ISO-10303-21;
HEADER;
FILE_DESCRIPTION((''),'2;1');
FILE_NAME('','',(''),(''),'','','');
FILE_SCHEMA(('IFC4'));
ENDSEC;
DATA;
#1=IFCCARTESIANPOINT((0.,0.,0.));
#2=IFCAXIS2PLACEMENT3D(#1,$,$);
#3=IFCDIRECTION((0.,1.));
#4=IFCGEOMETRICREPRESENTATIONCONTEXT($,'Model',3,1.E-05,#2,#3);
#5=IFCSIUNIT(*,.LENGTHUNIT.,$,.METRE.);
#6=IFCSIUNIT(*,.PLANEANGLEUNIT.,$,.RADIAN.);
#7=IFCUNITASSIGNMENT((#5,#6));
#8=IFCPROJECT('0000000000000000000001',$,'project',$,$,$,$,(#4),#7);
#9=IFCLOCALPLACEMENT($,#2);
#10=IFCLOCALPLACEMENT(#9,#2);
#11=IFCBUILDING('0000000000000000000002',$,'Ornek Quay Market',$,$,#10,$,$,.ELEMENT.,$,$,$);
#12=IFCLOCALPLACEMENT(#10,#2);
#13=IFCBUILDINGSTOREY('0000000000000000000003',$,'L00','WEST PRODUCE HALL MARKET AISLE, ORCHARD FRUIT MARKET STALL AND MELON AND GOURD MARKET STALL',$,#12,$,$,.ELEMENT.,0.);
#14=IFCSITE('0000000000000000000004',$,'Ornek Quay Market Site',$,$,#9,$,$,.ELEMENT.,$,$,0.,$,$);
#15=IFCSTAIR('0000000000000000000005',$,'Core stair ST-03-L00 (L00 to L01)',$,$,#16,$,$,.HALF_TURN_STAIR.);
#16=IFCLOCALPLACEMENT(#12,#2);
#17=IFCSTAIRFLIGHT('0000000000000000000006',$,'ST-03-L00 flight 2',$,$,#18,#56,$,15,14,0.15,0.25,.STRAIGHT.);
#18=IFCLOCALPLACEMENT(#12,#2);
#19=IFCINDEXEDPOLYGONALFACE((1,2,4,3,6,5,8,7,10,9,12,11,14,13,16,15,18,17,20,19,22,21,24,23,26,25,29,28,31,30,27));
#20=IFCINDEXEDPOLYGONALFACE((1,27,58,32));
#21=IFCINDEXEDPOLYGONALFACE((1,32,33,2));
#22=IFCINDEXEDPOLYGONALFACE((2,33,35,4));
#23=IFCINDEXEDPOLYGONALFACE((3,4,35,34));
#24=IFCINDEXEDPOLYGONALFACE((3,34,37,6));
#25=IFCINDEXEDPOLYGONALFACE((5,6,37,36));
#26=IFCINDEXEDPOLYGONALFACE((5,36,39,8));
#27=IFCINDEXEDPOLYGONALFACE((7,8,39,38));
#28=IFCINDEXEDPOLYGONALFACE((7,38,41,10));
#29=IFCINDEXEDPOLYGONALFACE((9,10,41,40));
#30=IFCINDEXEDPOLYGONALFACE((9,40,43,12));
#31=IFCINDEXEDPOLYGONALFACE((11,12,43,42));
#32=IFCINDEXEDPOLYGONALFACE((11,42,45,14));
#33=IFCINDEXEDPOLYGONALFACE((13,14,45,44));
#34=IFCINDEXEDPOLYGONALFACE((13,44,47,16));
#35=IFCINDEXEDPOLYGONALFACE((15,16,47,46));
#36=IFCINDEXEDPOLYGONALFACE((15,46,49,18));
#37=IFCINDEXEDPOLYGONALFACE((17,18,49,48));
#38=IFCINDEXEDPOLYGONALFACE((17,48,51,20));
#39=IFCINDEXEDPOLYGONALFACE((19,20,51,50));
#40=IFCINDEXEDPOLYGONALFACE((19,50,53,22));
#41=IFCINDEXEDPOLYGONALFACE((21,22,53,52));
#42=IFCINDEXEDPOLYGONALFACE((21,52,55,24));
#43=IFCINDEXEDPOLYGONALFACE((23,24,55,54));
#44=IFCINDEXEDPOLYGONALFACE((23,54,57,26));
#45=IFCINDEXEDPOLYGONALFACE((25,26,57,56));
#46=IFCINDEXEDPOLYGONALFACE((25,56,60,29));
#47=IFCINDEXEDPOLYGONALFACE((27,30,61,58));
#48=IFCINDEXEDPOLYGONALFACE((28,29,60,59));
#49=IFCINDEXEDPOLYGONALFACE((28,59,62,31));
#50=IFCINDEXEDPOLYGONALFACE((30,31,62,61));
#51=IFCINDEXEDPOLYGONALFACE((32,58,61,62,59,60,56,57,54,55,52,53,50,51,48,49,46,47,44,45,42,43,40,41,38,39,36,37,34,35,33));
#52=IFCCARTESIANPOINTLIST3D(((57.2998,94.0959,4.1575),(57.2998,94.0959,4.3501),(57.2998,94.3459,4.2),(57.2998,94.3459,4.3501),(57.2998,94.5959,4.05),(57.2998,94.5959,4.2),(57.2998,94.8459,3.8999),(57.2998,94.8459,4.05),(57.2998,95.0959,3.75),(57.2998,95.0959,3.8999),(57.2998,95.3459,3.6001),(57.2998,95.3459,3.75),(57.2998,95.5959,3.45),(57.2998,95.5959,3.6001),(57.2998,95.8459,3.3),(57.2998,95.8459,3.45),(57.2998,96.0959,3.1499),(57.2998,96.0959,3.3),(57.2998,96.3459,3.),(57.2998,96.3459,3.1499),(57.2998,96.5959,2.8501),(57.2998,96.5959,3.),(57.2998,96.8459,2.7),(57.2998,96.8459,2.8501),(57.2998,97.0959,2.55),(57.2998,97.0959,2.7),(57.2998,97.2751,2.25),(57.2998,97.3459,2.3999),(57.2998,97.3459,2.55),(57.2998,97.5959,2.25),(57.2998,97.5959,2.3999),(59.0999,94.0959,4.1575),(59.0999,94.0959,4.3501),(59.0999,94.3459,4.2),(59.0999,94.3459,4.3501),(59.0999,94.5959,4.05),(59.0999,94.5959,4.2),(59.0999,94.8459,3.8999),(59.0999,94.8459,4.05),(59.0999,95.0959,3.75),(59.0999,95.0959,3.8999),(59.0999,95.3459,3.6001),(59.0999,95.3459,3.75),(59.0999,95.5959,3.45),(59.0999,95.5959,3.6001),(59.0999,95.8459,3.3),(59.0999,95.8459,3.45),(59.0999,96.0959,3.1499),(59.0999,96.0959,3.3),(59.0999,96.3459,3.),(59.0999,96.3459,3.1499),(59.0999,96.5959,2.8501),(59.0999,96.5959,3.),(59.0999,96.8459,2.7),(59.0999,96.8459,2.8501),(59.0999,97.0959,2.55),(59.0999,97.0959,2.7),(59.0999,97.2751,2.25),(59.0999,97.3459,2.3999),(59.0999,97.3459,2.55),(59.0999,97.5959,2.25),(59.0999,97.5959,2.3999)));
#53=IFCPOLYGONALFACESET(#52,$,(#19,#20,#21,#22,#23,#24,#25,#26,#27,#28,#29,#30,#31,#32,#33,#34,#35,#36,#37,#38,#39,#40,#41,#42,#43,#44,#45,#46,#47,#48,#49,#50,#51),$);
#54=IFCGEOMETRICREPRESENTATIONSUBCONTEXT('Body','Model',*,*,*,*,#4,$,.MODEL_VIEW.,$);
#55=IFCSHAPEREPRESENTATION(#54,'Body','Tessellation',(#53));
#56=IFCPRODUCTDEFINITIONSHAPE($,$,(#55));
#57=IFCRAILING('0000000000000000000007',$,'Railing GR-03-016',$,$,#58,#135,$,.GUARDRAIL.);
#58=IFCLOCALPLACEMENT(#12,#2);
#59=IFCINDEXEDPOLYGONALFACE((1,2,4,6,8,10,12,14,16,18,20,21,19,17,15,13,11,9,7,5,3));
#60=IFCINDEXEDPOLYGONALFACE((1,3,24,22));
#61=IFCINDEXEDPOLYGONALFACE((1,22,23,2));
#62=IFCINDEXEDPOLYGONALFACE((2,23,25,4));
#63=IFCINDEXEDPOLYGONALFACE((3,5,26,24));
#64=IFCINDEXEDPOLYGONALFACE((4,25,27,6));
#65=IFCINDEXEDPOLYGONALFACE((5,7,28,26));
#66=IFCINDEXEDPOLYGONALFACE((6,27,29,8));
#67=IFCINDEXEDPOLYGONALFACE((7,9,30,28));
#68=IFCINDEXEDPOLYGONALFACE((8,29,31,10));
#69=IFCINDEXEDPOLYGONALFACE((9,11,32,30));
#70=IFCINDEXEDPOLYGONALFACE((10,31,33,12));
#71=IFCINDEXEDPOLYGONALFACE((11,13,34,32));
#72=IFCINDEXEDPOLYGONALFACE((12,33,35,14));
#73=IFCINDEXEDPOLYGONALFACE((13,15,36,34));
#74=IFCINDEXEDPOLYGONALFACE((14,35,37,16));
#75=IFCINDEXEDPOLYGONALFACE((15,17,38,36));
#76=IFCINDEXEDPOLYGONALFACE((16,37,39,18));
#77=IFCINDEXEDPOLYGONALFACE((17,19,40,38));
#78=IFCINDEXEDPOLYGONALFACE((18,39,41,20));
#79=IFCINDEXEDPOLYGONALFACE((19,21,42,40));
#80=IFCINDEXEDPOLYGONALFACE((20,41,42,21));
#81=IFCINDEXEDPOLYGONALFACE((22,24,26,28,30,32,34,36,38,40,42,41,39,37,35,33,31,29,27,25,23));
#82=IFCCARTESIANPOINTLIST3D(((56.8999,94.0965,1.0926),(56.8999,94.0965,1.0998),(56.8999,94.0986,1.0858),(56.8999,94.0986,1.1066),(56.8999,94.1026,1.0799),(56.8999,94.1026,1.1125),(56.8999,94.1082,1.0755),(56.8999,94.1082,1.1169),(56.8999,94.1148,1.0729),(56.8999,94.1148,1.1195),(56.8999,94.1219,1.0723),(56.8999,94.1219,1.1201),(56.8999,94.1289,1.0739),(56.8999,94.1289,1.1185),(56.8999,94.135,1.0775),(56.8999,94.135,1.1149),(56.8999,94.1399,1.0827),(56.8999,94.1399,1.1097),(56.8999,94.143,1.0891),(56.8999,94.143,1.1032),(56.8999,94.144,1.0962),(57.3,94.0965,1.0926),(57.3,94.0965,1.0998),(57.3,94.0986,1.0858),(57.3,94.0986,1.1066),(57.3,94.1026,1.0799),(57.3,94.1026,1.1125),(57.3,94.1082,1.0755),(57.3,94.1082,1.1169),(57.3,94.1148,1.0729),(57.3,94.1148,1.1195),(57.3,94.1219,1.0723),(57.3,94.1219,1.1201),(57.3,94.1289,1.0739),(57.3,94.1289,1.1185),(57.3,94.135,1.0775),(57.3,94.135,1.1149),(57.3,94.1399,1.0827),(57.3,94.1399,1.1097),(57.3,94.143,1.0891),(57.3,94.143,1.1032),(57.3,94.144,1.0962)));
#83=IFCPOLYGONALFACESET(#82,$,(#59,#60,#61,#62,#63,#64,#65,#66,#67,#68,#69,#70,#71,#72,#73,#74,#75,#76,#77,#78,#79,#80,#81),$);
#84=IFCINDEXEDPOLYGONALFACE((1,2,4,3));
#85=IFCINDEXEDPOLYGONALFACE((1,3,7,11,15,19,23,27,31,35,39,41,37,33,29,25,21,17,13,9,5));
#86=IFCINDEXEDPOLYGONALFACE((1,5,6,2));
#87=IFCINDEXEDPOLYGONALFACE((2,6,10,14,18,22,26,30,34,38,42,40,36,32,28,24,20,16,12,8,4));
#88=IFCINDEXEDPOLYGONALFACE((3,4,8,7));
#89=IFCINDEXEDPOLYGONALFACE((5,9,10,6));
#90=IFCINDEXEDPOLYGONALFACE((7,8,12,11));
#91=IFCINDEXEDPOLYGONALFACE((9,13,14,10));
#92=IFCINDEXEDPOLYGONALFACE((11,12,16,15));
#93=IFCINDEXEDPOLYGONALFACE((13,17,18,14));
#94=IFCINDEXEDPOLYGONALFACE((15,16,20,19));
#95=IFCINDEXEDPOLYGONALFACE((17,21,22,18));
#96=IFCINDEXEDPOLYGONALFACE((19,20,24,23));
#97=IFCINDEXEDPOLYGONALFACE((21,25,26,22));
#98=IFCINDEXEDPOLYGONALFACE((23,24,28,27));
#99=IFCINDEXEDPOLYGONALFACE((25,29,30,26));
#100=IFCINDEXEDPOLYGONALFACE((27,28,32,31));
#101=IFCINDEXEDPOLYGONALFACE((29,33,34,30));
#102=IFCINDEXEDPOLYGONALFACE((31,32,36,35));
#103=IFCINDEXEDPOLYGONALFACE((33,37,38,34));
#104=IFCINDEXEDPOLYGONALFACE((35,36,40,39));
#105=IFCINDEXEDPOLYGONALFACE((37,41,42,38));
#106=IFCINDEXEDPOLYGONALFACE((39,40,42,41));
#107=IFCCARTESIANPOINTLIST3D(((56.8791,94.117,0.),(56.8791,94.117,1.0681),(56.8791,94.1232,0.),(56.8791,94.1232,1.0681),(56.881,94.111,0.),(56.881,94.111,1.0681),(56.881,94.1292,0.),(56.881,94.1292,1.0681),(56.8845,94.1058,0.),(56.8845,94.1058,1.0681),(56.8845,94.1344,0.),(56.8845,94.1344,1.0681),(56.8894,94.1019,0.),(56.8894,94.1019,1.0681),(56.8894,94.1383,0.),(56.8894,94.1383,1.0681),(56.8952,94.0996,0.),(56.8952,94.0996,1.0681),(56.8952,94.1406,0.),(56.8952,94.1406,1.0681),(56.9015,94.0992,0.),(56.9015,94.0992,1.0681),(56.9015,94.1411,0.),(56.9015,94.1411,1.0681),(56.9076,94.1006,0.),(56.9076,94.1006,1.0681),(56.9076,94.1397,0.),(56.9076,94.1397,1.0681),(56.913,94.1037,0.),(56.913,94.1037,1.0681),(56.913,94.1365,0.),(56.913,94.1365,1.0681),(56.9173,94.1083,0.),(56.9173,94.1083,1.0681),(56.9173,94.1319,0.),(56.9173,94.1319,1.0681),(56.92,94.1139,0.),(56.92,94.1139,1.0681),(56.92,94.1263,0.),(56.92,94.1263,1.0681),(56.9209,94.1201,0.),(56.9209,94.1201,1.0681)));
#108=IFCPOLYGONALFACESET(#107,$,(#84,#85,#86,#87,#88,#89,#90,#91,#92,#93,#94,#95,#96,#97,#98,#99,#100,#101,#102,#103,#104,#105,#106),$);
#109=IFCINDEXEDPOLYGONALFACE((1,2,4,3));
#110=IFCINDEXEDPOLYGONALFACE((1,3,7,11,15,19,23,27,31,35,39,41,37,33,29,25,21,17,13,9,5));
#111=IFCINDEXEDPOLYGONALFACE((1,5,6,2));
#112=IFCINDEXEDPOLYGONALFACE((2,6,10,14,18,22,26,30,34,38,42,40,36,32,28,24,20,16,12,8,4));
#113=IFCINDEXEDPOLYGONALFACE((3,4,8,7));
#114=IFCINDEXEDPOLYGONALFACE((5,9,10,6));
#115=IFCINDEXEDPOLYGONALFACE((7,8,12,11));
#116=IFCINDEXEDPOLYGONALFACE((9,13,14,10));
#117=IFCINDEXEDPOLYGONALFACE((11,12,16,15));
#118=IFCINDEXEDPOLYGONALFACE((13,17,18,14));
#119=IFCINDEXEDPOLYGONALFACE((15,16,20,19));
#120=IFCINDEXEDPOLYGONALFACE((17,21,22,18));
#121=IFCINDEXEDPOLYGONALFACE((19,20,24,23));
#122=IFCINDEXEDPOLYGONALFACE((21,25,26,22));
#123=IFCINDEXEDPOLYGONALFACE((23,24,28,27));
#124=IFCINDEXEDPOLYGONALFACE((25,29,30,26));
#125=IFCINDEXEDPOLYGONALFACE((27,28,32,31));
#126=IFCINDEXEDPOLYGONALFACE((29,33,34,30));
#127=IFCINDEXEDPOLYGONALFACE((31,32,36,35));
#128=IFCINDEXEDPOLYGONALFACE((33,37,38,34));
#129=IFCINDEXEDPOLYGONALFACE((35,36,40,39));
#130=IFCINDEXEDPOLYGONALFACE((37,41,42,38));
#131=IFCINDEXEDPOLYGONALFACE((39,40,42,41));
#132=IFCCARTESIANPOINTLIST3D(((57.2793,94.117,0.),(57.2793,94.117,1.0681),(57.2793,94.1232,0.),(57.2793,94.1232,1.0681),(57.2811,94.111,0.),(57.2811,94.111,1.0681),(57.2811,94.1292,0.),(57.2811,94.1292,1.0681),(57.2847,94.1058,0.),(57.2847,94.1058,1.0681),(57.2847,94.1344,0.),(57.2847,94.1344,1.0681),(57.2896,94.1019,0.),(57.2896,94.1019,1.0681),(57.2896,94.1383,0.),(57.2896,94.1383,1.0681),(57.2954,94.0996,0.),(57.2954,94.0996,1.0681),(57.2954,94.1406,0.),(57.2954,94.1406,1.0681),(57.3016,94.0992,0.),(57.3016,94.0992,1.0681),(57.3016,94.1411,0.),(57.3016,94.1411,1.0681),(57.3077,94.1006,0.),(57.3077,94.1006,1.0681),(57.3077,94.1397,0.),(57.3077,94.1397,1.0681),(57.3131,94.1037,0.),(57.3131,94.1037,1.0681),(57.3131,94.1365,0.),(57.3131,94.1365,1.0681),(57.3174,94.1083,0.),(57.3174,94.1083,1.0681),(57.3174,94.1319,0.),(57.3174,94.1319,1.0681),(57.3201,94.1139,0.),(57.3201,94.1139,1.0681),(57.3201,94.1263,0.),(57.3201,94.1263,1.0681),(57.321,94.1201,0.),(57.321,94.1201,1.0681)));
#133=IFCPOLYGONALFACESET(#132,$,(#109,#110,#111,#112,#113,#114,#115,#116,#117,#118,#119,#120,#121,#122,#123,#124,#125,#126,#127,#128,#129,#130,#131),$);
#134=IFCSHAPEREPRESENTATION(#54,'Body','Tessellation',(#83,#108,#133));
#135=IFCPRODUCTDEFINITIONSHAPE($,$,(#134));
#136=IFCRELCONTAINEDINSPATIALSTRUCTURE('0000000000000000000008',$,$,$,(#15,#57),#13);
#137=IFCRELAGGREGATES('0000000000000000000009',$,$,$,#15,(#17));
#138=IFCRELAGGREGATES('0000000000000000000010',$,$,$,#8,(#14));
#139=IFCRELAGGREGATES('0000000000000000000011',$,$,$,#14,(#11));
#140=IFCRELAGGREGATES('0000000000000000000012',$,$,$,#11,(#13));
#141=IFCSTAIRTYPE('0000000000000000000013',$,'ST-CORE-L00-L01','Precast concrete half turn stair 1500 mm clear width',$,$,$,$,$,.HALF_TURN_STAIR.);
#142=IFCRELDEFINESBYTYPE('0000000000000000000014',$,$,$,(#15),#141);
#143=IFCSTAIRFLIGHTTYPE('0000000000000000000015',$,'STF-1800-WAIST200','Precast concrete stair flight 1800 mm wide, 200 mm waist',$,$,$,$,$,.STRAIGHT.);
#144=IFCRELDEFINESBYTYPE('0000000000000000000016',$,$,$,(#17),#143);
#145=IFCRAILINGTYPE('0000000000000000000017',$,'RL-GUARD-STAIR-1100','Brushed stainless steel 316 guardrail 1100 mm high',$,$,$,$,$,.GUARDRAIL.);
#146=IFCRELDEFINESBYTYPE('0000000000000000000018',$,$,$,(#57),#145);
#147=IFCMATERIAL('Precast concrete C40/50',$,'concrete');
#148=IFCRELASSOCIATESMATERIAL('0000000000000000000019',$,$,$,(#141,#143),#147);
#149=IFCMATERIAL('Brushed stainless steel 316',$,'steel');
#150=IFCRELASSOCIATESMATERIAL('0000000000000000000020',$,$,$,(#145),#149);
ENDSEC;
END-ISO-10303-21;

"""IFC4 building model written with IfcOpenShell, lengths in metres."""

from ifc_helpers import new_model, si_unit, direction, frame, origin, origin_2d, place, context, subcontext, project, spatial, polyline, circle, outline, extrude, material, type_object, element, aggregate, save


model = new_model("IFC4")

# Units and contexts
model_context = context("Model", 3, precision=1e-05, world=origin(), true_north=direction((0.0, 1.0)))
body_context = subcontext(model_context, "Body", "Model", "MODEL_VIEW")
ifc_project = project(units=[si_unit("LENGTHUNIT", "METRE"), si_unit("PLANEANGLEUNIT", "RADIAN")], contexts=[model_context])

# Site, building, storey
site_placement = place(None, origin())
site = spatial("IfcSite", under=ifc_project, at=site_placement, Name="Ornek Quay Market Site", CompositionType="ELEMENT", RefElevation=0.0)
building_placement = place(site_placement, origin())
building = spatial("IfcBuilding", under=site, at=building_placement, Name="Ornek Quay Market", CompositionType="ELEMENT")
storey_placement = place(building_placement, origin())
storey = spatial("IfcBuildingStorey", under=building, at=storey_placement, Name="L00", Description="WEST PRODUCE HALL MARKET AISLE, ORCHARD FRUIT MARKET STALL AND MELON AND GOURD MARKET STALL", CompositionType="ELEMENT", Elevation=0.0)

# Stair, stair flight
ifc_material_1 = material(Name="Precast concrete C40/50", Category="concrete")
stair_type = type_object("IfcStairType", Name="ST-CORE-L00-L01", Description="Precast concrete half turn stair 1500 mm clear width", PredefinedType="HALF_TURN_STAIR", material=ifc_material_1)
stair_placement = place(storey_placement, origin())
stair = element("IfcStair", 1, at=stair_placement, inside=storey, type_object=stair_type, Name="Core stair ST-03-L00 (L00 to L01)", PredefinedType="HALF_TURN_STAIR")
stair_flight_type = type_object("IfcStairFlightType", Name="STF-1800-WAIST200", Description="Precast concrete stair flight 1800 mm wide, 200 mm waist", PredefinedType="STRAIGHT", material=ifc_material_1)
stair_flight_1_placement = place(storey_placement, frame((58.2, 97.5959, 2.25), z_axis=(0.0, 0.0, 1.0), x_axis=(0.0, -1.0, 0.0)))
stair_flight_1 = element("IfcStairFlight", 2, at=stair_flight_1_placement, type_object=stair_flight_type, Name="ST-03-L00 flight 2", NumberOfRisers=15, NumberOfTreads=14, PredefinedType="STRAIGHT", RiserHeight=0.15, TreadLength=0.25, context=body_context, shape_type="SweptSolid", body=[
    extrude(outline(polyline([(0.0, 0.0), (0.0, 0.1499), (0.25, 0.1499), (0.25, 0.3), (0.5, 0.3), (0.5, 0.45), (0.75, 0.45), (0.75, 0.6001), (1.0, 0.6001), (1.0, 0.75), (1.25, 0.75), (1.25, 0.8999), (1.5, 0.8999), (1.5, 1.05), (1.75, 1.05), (1.75, 1.2), (2.0, 1.2), (2.0, 1.3501), (2.25, 1.3501), (2.25, 1.5), (2.5, 1.5), (2.5, 1.6499), (2.75, 1.6499), (2.75, 1.8), (3.0, 1.8), (3.0, 1.95), (3.25, 1.95), (3.25, 2.1001), (3.5, 2.1001), (3.5, 2.25), (3.5, 1.9075), (0.3208, 0.0), (0.0, 0.0)])), frame((0.0, 0.8999, 0.0), z_axis=(0.0, -1.0, 0.0), x_axis=(1.0, 0.0, 0.0)), (0.0, 0.0, 1.0), 1.8),
])
aggregate(stair, [stair_flight_1])

# Railing
ifc_material_2 = material(Name="Brushed stainless steel 316", Category="steel")
railing_type_1 = type_object("IfcRailingType", Name="RL-GUARD-STAIR-1100", Description="Brushed stainless steel 316 guardrail 1100 mm high", PredefinedType="GUARDRAIL", material=ifc_material_2)
railing_1_placement = place(storey_placement, frame((56.8999, 94.1201, 0.0)))
element("IfcRailing", 3, at=railing_1_placement, inside=storey, type_object=railing_type_1, Name="Railing GR-03-016", PredefinedType="GUARDRAIL", context=body_context, shape_type="SweptSolid", body=[
    extrude(circle(Radius=0.0239, at=origin_2d()), frame((0.0, 0.0, 1.0962), z_axis=(1.0, 0.0, 0.0), x_axis=(0.0, 1.0, 0.0)), (0.0, 0.0, 1.0), 0.4001),
    extrude(circle(Radius=0.021, at=origin_2d()), origin(), (0.0, 0.0, 1.0), 1.0681),
    extrude(circle(Radius=0.021, at=origin_2d()), frame((0.4001, 0.0, 0.0)), (0.0, 0.0, 1.0), 1.0681),
])

save(model, "model.ifc")
